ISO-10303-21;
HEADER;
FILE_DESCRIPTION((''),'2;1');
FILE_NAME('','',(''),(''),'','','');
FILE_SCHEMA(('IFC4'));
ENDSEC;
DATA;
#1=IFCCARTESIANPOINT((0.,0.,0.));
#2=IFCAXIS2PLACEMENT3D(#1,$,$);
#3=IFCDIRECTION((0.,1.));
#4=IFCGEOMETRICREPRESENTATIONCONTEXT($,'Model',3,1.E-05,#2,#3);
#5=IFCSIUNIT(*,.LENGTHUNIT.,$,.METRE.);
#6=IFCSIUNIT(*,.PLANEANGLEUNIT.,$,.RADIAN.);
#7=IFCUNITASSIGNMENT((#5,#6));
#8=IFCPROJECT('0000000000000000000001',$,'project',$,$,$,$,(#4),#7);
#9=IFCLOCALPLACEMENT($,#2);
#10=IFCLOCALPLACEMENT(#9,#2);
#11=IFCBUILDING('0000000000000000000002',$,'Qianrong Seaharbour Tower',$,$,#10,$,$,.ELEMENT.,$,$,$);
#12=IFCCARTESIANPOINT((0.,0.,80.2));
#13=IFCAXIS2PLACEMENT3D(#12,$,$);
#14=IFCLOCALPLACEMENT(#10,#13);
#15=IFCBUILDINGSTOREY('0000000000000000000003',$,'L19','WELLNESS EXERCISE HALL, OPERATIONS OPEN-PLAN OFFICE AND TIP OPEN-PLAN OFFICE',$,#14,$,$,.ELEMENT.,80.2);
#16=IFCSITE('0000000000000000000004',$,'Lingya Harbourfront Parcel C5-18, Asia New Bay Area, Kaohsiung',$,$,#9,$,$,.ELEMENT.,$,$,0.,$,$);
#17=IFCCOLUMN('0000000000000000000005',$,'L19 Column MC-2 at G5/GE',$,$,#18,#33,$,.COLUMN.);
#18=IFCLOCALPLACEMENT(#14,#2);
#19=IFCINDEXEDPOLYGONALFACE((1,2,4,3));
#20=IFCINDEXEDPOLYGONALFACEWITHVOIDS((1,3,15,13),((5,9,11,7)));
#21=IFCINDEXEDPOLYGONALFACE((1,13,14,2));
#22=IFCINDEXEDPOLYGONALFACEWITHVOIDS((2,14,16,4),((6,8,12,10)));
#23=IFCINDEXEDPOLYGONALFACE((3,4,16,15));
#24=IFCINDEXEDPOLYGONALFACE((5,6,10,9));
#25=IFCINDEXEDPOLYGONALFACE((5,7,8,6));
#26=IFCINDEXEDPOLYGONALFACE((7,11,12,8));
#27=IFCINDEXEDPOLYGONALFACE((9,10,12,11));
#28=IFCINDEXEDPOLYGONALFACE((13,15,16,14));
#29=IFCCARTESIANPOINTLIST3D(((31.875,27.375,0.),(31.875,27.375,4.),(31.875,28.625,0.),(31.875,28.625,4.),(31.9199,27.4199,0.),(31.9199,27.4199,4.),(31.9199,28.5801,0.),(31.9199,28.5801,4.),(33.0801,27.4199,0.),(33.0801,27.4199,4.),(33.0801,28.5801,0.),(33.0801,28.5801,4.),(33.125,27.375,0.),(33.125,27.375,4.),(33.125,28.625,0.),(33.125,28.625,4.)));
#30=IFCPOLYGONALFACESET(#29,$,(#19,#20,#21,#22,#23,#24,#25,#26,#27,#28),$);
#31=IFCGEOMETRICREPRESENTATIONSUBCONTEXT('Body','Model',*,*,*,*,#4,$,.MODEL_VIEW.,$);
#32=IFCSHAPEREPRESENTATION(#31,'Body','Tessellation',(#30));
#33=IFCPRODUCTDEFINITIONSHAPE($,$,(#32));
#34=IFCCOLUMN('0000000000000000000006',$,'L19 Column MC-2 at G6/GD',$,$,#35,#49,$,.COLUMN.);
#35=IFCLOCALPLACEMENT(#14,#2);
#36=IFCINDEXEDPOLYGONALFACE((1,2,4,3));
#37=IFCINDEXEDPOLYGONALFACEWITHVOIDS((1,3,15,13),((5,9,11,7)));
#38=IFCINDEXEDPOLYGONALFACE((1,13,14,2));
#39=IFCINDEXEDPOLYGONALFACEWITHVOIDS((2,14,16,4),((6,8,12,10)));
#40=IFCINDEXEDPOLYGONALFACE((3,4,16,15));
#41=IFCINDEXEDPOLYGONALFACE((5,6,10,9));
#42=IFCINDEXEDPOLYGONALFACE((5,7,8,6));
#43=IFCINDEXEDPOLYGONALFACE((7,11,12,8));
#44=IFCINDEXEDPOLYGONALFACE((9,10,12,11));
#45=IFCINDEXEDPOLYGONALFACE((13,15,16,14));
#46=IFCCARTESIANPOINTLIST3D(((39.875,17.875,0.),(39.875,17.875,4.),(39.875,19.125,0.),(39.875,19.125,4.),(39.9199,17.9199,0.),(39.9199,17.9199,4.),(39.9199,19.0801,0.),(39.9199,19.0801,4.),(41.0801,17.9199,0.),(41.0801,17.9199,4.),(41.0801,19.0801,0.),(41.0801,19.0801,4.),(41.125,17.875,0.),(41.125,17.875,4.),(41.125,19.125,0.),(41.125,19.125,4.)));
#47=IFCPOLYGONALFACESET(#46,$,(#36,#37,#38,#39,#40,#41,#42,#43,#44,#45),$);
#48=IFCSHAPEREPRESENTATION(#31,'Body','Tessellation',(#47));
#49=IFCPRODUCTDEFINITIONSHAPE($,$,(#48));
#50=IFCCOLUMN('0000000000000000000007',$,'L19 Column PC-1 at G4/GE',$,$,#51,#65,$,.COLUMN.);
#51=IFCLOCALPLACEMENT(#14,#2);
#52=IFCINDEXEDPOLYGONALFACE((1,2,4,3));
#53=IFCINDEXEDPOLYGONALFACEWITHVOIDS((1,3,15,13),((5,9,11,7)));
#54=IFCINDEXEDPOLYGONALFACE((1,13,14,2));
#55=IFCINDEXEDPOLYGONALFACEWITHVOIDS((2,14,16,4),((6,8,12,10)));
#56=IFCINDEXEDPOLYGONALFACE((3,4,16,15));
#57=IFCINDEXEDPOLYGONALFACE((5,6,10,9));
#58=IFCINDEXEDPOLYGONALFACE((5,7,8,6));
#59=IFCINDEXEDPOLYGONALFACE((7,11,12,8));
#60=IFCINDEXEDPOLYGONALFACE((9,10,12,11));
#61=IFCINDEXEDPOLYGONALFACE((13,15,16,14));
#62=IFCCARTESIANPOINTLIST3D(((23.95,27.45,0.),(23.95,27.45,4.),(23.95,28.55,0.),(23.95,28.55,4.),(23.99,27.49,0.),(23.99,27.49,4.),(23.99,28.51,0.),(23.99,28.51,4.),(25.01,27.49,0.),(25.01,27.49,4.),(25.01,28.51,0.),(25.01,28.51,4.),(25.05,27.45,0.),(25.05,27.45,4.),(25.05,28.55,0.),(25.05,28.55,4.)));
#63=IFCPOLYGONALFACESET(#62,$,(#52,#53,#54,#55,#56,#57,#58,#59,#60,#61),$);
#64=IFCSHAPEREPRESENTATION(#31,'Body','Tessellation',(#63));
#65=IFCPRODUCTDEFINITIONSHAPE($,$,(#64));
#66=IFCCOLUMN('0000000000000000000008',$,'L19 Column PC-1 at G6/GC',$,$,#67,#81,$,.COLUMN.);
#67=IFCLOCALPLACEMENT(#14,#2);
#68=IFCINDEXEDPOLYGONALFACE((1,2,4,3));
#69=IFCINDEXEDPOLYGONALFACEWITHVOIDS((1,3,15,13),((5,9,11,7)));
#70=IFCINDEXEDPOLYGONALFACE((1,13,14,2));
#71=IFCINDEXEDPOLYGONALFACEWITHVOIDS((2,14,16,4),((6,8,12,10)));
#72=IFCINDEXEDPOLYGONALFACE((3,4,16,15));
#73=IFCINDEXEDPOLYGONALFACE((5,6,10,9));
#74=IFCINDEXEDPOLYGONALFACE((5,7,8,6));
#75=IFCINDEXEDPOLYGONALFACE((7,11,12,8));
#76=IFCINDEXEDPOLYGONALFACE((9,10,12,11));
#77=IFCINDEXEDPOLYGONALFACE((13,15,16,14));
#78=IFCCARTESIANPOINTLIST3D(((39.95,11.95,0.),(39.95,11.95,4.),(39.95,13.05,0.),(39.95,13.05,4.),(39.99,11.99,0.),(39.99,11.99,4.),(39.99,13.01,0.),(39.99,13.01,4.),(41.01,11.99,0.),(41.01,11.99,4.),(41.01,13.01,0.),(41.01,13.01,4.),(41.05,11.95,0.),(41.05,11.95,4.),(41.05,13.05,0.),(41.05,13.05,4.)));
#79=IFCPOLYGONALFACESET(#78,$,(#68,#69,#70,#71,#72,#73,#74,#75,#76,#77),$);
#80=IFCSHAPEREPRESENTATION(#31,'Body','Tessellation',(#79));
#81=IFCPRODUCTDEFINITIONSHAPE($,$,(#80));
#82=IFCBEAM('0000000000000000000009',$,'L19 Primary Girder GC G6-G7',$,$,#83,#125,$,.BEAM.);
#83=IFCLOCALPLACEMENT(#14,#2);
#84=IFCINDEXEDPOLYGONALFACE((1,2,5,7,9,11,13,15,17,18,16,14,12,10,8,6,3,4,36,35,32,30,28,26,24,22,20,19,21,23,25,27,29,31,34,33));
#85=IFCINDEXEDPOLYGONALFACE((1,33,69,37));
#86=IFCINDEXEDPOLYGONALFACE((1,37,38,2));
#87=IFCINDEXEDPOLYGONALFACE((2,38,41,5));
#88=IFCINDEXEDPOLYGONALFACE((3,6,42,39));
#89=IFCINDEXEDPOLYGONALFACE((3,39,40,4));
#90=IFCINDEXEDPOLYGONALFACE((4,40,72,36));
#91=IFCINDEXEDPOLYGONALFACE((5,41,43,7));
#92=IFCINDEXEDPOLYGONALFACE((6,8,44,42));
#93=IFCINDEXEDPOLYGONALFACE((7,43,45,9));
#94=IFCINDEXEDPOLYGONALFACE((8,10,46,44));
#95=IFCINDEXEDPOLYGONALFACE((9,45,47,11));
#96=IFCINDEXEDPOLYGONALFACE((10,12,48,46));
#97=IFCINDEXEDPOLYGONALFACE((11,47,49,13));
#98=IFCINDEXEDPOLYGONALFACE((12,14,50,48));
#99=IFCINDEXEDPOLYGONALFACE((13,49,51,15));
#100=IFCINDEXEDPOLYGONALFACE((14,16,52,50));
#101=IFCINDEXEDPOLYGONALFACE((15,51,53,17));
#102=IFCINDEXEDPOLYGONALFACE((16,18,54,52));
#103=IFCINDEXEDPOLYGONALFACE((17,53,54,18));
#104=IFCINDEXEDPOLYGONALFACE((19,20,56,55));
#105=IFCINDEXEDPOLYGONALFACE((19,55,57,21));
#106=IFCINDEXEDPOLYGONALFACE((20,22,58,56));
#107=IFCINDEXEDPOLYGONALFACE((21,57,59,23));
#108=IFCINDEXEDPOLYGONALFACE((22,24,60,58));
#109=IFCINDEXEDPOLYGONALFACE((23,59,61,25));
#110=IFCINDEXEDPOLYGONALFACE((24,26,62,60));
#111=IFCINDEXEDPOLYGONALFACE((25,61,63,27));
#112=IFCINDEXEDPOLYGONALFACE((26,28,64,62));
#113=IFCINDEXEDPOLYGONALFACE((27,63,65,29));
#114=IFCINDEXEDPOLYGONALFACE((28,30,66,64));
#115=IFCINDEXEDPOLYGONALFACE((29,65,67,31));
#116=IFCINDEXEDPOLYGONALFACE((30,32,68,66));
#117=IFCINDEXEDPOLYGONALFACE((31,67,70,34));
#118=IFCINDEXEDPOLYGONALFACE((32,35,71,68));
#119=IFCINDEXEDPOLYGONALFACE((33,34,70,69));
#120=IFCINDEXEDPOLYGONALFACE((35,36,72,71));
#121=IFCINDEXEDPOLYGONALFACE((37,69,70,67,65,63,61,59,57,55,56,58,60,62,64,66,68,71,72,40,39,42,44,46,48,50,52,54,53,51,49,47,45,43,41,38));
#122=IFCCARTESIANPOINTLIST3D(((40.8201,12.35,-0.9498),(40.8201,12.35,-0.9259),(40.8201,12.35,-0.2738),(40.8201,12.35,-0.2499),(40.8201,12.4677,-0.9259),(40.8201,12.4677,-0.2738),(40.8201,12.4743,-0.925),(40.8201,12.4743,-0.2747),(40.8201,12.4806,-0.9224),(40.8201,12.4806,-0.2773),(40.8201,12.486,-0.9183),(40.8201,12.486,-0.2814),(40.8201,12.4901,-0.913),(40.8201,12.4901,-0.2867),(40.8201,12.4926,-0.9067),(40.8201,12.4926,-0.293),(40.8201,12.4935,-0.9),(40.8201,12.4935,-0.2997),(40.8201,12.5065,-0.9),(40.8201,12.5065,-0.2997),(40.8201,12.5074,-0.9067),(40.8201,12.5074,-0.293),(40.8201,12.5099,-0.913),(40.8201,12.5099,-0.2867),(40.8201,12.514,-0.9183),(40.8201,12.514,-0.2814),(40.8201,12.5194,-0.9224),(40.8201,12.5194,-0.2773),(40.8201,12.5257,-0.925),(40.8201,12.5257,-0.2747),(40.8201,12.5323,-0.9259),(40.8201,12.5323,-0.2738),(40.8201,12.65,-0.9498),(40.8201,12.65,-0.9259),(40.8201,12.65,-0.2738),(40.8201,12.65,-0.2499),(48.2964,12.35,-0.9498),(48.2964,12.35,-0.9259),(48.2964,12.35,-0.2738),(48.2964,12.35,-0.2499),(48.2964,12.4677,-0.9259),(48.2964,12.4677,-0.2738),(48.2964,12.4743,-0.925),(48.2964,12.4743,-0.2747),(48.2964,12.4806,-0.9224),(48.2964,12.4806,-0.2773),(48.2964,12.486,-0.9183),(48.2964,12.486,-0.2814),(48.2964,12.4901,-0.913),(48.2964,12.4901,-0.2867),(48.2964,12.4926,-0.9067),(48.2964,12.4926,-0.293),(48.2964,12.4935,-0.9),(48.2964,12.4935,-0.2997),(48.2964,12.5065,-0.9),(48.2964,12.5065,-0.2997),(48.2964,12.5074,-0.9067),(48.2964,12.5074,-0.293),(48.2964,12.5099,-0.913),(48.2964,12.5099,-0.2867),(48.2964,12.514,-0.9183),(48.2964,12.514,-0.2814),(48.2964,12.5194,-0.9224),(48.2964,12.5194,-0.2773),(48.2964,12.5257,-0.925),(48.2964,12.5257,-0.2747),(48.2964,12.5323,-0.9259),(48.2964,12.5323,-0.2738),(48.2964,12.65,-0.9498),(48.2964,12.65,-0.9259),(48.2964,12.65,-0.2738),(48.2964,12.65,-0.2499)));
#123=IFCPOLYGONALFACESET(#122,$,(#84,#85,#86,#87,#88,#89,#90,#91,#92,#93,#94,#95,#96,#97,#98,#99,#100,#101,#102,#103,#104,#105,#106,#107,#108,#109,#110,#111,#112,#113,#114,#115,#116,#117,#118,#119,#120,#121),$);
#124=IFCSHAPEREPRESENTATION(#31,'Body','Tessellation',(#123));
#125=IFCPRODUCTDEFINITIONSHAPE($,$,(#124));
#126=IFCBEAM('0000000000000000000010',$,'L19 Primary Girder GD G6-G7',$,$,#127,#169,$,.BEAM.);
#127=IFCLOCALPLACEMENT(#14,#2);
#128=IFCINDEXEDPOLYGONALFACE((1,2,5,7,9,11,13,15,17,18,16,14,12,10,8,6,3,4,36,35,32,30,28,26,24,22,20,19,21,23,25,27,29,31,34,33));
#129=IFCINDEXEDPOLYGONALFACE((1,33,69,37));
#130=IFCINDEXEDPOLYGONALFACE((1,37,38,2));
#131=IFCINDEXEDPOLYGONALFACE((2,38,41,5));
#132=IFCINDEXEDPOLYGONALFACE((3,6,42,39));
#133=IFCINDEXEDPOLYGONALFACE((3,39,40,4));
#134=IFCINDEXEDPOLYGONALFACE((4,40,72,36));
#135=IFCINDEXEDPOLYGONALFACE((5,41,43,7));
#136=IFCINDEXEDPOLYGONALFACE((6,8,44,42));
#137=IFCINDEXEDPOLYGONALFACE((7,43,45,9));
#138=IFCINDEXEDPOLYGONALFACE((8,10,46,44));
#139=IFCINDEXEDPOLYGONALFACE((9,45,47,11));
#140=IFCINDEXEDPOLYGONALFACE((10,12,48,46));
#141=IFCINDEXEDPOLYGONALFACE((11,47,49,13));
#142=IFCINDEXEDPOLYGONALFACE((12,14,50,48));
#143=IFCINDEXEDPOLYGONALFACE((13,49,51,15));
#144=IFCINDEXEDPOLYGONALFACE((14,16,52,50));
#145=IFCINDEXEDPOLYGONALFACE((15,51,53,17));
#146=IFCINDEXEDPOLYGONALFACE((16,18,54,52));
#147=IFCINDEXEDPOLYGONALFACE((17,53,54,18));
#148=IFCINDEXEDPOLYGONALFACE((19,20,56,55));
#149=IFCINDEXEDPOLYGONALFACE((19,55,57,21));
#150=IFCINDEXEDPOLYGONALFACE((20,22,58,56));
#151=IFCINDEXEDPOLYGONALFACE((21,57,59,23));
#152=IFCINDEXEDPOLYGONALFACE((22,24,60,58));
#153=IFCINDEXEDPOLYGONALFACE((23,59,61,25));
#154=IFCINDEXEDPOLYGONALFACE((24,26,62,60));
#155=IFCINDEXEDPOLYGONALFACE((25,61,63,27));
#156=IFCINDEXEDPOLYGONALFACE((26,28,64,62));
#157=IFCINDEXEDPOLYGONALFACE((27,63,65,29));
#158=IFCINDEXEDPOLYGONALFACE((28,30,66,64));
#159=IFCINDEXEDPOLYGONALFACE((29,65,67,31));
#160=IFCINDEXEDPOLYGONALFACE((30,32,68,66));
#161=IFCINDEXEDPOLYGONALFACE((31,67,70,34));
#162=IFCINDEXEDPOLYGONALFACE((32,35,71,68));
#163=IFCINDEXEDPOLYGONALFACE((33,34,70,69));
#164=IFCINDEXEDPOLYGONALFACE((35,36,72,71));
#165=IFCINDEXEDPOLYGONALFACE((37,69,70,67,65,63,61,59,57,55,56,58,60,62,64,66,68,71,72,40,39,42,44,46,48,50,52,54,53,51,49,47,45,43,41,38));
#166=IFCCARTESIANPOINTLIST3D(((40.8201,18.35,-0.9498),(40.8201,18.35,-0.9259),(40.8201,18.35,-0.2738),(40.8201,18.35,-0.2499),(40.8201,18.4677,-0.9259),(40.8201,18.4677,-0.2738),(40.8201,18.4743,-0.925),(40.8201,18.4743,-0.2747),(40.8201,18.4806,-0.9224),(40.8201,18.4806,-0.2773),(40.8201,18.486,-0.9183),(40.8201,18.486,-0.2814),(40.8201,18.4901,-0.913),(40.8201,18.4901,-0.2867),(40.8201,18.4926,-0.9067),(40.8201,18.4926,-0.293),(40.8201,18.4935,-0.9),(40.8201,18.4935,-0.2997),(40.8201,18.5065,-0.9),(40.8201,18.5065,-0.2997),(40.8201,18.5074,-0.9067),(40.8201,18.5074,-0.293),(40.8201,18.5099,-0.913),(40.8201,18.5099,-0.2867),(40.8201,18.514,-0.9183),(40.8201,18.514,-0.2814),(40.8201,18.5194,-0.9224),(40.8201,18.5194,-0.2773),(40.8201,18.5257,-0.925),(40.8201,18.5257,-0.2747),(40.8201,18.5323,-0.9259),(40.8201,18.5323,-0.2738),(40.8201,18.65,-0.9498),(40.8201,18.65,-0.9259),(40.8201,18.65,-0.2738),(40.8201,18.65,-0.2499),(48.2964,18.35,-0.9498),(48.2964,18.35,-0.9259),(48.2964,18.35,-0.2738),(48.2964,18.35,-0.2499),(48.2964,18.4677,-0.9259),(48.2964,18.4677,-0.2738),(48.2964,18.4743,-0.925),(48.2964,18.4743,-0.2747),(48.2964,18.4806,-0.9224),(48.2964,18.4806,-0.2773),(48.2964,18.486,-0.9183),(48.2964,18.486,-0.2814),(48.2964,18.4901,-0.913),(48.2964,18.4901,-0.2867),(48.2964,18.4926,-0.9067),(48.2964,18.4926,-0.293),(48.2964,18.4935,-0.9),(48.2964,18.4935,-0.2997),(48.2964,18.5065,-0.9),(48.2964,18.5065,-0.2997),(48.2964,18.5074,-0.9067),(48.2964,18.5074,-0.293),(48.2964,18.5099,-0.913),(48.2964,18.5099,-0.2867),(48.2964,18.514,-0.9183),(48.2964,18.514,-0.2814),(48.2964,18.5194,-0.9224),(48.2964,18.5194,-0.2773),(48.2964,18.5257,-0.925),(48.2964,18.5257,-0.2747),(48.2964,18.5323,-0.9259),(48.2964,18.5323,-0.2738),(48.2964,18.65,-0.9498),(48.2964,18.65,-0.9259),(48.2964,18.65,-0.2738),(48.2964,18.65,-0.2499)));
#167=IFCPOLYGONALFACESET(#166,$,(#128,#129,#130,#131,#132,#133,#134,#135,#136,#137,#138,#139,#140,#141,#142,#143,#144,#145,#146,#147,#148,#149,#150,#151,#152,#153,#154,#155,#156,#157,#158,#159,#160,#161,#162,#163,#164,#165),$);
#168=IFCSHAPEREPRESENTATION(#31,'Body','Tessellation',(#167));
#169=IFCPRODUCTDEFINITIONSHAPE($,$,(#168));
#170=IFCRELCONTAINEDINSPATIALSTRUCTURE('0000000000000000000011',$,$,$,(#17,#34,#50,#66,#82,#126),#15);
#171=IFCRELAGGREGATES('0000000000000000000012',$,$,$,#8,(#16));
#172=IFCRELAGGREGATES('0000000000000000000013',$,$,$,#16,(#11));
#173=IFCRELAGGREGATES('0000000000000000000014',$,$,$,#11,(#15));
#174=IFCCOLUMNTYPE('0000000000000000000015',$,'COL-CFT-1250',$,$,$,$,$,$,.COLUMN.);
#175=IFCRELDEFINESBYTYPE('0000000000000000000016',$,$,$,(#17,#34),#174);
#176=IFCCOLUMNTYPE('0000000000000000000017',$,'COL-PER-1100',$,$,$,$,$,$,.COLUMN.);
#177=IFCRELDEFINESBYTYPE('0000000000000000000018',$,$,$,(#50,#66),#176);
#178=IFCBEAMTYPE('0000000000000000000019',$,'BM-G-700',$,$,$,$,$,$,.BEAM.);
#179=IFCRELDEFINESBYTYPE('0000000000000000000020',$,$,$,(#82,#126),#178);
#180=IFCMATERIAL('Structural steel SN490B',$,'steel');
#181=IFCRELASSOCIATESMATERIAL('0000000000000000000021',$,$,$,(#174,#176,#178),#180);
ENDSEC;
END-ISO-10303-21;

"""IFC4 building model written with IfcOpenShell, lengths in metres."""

from ifc_helpers import new_model, si_unit, direction, frame, origin, origin_2d, place, context, subcontext, project, spatial, hollow_rectangle, i_section, extrude, material, material_profile, profile_set, type_object, element, save


model = new_model("IFC4")

# Units and contexts
model_context = context("Model", 3, precision=1e-05, world=origin(), true_north=direction((0.0, 1.0)))
body_context = subcontext(model_context, "Body", "Model", "MODEL_VIEW")
ifc_project = project(units=[si_unit("LENGTHUNIT", "METRE"), si_unit("PLANEANGLEUNIT", "RADIAN")], contexts=[model_context])

# Site, building, storey
site_placement = place(None, origin())
site = spatial("IfcSite", under=ifc_project, at=site_placement, Name="Lingya Harbourfront Parcel C5-18, Asia New Bay Area, Kaohsiung", CompositionType="ELEMENT", RefElevation=0.0)
building_placement = place(site_placement, origin())
building = spatial("IfcBuilding", under=site, at=building_placement, Name="Qianrong Seaharbour Tower", CompositionType="ELEMENT")
storey_placement = place(building_placement, frame((0.0, 0.0, 80.2)))
storey = spatial("IfcBuildingStorey", under=building, at=storey_placement, Name="L19", Description="WELLNESS EXERCISE HALL, OPERATIONS OPEN-PLAN OFFICE AND TIP OPEN-PLAN OFFICE", CompositionType="ELEMENT", Elevation=80.2)

# Columns
ifc_material_1 = material(Name="Structural steel SN490B", Category="steel")
ifc_material_profile_1 = material_profile(ifc_material_1, hollow_rectangle(XDim=1.25, YDim=1.25, WallThickness=0.0449, at=origin_2d()), Name="BOX1250x1250x45")
ifc_profile_set_1 = profile_set([ifc_material_profile_1], Name="Structural steel SN490B")
column_type_1 = type_object("IfcColumnType", Name="COL-CFT-1250", PredefinedType="COLUMN", material=ifc_profile_set_1)
for number, where, z_axis, x_axis, name in (
    (1, (32.5, 28.0, 0.0), (0.0, 0.0, 1.0), (1.0, 0.0, 0.0), "L19 Column MC-2 at G5/GE"),
    (2, (40.5, 18.5, 0.0), (0.0, 0.0, 1.0), (1.0, 0.0, 0.0), "L19 Column MC-2 at G6/GD"),
):
    element("IfcColumn", number, at=place(storey_placement, frame(where, z_axis=z_axis, x_axis=x_axis)), inside=storey, type_object=column_type_1, Name=name, PredefinedType="COLUMN", context=body_context, shape_type="SweptSolid", body=[
        extrude(hollow_rectangle(XDim=1.25, YDim=1.25, WallThickness=0.0449, at=origin_2d()), origin(), (0.0, 0.0, 1.0), 4.0),
    ])
ifc_material_profile_2 = material_profile(ifc_material_1, hollow_rectangle(XDim=1.1001, YDim=1.1001, WallThickness=0.04, at=origin_2d()), Name="BOX1100x1100x40")
ifc_profile_set_2 = profile_set([ifc_material_profile_2], Name="Structural steel SN490B")
column_type_2 = type_object("IfcColumnType", Name="COL-PER-1100", PredefinedType="COLUMN", material=ifc_profile_set_2)
for number, where, z_axis, x_axis, name in (
    (3, (24.5, 28.0, 0.0), (0.0, 0.0, 1.0), (1.0, 0.0, 0.0), "L19 Column PC-1 at G4/GE"),
    (4, (40.5, 12.5, 0.0), (0.0, 0.0, 1.0), (1.0, 0.0, 0.0), "L19 Column PC-1 at G6/GC"),
):
    element("IfcColumn", number, at=place(storey_placement, frame(where, z_axis=z_axis, x_axis=x_axis)), inside=storey, type_object=column_type_2, Name=name, PredefinedType="COLUMN", context=body_context, shape_type="SweptSolid", body=[
        extrude(hollow_rectangle(XDim=1.1001, YDim=1.1001, WallThickness=0.04, at=origin_2d()), origin(), (0.0, 0.0, 1.0), 4.0),
    ])

# Beams
ifc_material_profile_3 = material_profile(ifc_material_1, i_section(OverallWidth=0.3, OverallDepth=0.7, WebThickness=0.0129, FlangeThickness=0.0239, FilletRadius=0.0259, at=origin_2d()), Name="H700x300x13x24")
ifc_profile_set_3 = profile_set([ifc_material_profile_3], Name="Structural steel SN490B")
beam_type_1 = type_object("IfcBeamType", Name="BM-G-700", PredefinedType="BEAM", material=ifc_profile_set_3)
for number, where, z_axis, x_axis, name in (
    (5, (40.8201, 12.5, -0.5999), (1.0, 0.0, 0.0), (0.0, 1.0, 0.0), "L19 Primary Girder GC G6-G7"),
    (6, (40.8201, 18.5, -0.5999), (1.0, 0.0, 0.0), (0.0, 1.0, 0.0), "L19 Primary Girder GD G6-G7"),
):
    element("IfcBeam", number, at=place(storey_placement, frame(where, z_axis=z_axis, x_axis=x_axis)), inside=storey, type_object=beam_type_1, Name=name, PredefinedType="BEAM", context=body_context, shape_type="SweptSolid", body=[
        extrude(i_section(OverallWidth=0.3, OverallDepth=0.7, WebThickness=0.0129, FlangeThickness=0.0239, FilletRadius=0.0259, at=origin_2d()), origin(), (0.0, 0.0, 1.0), 7.4763),
    ])

save(model, "model.ifc")
